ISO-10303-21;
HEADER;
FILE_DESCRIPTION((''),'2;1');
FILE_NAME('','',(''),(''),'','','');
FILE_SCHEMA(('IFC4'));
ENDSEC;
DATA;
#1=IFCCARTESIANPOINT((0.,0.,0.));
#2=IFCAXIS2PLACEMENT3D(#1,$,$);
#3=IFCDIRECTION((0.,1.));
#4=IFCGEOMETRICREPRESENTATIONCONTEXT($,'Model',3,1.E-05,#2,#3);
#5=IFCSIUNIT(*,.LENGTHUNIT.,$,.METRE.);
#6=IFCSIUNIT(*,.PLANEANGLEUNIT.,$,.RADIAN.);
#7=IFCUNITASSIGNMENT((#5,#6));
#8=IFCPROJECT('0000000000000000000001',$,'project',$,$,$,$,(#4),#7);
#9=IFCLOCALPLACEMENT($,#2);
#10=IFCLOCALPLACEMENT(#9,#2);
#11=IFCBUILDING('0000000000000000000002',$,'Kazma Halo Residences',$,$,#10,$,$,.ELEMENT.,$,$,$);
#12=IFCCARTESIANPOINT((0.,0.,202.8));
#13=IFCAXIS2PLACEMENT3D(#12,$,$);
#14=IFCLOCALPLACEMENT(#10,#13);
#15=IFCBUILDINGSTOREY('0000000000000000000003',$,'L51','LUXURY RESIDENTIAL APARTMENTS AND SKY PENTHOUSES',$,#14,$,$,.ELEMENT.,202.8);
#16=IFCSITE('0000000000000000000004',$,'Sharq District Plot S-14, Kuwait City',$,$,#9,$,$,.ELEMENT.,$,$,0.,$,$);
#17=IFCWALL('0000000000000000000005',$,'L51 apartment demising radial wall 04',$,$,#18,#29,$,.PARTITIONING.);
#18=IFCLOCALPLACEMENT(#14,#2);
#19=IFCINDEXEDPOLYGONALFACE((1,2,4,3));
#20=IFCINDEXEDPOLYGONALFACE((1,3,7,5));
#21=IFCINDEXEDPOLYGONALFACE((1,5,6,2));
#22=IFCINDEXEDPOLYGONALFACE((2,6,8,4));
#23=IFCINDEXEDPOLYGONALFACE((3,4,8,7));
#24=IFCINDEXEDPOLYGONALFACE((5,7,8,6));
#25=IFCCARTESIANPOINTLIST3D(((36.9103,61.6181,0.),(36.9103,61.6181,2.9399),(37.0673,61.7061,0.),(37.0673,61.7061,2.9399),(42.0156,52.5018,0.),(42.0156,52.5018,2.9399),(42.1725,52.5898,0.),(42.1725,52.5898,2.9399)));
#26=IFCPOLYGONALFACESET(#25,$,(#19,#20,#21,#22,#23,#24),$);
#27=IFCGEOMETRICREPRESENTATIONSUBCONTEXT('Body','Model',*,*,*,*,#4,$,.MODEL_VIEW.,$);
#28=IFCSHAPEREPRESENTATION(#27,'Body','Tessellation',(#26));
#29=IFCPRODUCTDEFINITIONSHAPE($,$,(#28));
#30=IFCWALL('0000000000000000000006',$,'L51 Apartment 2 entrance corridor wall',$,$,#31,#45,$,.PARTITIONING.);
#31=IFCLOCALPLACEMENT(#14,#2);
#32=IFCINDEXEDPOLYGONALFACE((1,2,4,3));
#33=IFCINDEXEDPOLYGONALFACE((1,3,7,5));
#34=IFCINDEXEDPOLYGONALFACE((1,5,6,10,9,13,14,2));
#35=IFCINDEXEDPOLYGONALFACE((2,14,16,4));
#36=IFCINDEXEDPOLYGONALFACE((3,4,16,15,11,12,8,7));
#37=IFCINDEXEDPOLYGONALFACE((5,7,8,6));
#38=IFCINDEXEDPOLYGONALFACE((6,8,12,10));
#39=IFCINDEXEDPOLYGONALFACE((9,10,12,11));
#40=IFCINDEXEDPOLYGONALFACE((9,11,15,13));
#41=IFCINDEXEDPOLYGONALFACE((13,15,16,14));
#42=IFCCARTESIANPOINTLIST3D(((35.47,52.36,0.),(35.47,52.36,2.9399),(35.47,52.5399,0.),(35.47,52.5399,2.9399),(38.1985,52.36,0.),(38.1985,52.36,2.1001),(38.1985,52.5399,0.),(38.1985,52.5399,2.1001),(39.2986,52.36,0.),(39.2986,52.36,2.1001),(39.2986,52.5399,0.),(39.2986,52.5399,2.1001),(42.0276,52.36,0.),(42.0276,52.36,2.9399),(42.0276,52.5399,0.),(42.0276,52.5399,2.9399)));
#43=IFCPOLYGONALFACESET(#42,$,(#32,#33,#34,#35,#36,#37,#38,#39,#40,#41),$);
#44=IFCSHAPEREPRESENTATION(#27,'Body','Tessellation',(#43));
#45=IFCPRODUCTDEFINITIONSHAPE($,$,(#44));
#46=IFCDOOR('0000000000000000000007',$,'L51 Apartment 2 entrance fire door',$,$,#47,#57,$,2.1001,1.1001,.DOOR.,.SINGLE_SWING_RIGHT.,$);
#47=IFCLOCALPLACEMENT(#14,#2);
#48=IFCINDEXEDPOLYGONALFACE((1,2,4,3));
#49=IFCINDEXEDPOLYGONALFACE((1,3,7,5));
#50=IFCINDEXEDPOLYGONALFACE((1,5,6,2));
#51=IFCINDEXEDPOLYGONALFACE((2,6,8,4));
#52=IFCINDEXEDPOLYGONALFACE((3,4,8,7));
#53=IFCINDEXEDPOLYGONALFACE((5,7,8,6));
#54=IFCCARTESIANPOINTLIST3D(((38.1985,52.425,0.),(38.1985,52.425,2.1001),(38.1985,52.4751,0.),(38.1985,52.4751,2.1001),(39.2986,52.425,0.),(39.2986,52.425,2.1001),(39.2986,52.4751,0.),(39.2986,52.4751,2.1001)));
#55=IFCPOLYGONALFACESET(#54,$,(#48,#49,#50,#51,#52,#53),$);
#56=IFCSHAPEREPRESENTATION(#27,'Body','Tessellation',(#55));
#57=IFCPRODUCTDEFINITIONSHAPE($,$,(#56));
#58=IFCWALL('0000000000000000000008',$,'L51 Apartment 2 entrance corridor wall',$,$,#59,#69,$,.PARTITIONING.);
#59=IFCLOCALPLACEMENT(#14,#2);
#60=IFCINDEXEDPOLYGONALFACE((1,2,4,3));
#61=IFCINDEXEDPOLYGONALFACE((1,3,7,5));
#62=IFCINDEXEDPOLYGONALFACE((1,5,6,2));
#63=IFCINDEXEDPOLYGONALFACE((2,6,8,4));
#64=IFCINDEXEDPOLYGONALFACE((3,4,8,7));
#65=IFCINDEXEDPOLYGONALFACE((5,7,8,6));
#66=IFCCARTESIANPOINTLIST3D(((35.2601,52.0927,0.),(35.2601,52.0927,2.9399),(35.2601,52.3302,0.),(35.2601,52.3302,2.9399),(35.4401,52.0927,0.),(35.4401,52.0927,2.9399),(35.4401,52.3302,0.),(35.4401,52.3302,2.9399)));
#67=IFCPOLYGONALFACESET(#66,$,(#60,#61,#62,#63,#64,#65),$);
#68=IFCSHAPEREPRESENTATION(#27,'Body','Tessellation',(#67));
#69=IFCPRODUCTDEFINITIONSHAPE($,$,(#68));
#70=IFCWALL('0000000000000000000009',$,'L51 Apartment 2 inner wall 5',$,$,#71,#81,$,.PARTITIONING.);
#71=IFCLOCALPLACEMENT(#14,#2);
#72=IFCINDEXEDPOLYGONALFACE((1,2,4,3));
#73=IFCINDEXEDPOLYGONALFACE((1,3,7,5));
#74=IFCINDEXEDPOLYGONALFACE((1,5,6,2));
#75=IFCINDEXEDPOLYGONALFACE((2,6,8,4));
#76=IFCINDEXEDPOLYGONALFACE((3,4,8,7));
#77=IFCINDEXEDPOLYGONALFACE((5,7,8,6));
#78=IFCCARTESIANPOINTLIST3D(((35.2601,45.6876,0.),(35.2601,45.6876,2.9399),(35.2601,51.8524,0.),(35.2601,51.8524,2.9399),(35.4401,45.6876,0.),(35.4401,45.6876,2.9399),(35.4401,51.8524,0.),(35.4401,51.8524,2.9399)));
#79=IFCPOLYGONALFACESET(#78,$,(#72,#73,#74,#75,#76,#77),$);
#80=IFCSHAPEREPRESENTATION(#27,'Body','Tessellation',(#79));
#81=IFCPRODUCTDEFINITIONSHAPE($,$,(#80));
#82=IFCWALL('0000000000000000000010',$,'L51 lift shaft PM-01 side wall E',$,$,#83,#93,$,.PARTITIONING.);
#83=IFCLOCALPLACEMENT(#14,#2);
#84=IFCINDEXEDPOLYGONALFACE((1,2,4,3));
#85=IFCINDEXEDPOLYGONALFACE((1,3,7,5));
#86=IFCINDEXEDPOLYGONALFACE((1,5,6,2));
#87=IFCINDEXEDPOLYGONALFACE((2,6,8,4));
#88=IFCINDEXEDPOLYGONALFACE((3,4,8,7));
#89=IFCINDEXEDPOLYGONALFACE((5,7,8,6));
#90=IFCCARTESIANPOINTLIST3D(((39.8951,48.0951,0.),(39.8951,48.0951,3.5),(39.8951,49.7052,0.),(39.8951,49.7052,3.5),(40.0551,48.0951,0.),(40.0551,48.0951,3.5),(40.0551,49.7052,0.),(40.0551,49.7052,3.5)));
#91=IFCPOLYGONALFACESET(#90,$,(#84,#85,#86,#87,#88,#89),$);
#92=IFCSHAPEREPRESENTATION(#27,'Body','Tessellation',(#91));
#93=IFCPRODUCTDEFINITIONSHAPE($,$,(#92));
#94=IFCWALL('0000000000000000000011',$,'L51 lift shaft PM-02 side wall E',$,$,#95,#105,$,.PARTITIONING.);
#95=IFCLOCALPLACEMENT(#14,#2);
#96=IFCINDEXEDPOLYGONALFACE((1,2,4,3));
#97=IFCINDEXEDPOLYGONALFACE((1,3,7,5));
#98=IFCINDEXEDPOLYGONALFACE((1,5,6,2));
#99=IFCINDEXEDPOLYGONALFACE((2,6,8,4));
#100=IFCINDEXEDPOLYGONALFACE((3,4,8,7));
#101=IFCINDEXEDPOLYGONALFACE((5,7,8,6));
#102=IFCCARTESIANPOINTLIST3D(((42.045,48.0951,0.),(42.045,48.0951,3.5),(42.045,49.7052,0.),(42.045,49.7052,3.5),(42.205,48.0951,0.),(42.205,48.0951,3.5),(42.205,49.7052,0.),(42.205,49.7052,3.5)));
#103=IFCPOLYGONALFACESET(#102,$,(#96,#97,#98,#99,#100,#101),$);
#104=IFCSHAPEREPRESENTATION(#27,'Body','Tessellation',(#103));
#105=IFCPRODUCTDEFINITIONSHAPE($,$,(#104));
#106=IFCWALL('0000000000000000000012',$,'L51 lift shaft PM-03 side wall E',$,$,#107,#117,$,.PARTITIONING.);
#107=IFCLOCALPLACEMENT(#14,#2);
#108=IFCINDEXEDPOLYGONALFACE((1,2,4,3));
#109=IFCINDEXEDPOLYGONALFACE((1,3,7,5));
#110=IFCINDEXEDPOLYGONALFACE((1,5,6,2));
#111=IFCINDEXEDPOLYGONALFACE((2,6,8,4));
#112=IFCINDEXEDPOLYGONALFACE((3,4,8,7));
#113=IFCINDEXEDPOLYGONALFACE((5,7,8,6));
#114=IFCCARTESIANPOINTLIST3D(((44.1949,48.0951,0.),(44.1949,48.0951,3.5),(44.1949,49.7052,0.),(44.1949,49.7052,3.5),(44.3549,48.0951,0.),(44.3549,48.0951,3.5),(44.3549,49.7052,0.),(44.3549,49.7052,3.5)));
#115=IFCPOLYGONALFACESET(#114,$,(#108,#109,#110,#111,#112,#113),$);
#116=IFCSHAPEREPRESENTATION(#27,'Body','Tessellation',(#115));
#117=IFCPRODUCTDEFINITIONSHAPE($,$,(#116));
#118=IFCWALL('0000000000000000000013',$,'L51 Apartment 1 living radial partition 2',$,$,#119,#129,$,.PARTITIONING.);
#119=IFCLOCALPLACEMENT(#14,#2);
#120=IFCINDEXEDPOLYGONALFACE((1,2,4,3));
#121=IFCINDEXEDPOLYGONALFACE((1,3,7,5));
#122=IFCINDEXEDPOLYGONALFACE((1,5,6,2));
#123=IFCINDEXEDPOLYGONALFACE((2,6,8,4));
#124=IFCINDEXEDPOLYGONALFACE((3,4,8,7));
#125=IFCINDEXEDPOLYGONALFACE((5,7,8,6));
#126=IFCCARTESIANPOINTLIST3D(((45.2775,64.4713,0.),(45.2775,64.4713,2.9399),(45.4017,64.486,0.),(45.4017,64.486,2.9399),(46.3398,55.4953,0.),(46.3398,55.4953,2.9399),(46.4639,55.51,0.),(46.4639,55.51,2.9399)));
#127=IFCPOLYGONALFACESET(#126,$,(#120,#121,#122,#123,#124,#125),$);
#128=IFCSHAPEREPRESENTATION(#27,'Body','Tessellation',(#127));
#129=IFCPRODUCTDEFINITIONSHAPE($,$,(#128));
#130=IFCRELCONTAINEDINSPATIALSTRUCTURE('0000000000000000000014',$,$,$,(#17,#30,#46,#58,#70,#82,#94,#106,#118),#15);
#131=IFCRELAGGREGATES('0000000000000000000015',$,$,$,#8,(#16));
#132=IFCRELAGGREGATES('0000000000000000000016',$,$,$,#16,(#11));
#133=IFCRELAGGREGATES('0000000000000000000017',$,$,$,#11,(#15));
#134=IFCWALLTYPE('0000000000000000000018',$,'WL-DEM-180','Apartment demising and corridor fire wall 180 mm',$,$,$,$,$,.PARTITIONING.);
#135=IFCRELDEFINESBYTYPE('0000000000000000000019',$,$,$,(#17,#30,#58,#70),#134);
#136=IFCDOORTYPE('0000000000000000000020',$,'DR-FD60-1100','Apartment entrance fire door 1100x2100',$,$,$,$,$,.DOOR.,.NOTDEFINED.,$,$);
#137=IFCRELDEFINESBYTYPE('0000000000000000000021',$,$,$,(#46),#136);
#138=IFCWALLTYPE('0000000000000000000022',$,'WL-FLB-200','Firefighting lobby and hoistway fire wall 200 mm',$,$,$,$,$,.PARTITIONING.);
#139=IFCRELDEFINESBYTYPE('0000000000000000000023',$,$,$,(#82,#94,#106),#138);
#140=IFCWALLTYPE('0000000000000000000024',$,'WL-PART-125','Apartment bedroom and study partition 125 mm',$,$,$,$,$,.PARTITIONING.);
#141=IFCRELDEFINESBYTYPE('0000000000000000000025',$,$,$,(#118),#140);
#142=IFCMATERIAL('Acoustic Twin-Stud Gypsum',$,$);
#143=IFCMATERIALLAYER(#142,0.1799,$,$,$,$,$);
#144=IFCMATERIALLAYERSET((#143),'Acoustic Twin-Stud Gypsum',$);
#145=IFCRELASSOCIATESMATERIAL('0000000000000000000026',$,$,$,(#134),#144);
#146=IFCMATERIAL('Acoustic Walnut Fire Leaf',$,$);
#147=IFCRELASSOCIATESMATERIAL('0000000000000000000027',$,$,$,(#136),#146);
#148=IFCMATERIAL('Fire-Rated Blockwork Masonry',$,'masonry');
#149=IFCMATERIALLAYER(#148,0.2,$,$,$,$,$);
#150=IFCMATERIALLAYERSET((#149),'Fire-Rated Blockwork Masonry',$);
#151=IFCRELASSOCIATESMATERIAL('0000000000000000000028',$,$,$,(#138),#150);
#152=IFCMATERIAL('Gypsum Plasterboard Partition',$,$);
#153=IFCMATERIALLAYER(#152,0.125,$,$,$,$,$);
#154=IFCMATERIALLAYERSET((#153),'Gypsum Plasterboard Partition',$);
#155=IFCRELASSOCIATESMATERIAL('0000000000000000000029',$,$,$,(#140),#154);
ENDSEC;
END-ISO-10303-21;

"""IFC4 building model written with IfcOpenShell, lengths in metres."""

from ifc_helpers import new_model, si_unit, direction, frame, frame_2d, origin, place, context, subcontext, project, spatial, rectangle, extrude, material, layer, layer_set, type_object, element, fill, save


model = new_model("IFC4")

# Units and contexts
model_context = context("Model", 3, precision=1e-05, world=origin(), true_north=direction((0.0, 1.0)))
body_context = subcontext(model_context, "Body", "Model", "MODEL_VIEW")
ifc_project = project(units=[si_unit("LENGTHUNIT", "METRE"), si_unit("PLANEANGLEUNIT", "RADIAN")], contexts=[model_context])

# Site, building, storey
site_placement = place(None, origin())
site = spatial("IfcSite", under=ifc_project, at=site_placement, Name="Sharq District Plot S-14, Kuwait City", CompositionType="ELEMENT", RefElevation=0.0)
building_placement = place(site_placement, origin())
building = spatial("IfcBuilding", under=site, at=building_placement, Name="Kazma Halo Residences", CompositionType="ELEMENT")
storey_placement = place(building_placement, frame((0.0, 0.0, 202.8)))
storey = spatial("IfcBuildingStorey", under=building, at=storey_placement, Name="L51", Description="LUXURY RESIDENTIAL APARTMENTS AND SKY PENTHOUSES", CompositionType="ELEMENT", Elevation=202.8)

# Wall
ifc_material_1 = material(Name="Acoustic Twin-Stud Gypsum")
ifc_layer_1 = layer(ifc_material_1, 0.1799)
ifc_layer_set_1 = layer_set([ifc_layer_1], Name="Acoustic Twin-Stud Gypsum")
wall_type_1 = type_object("IfcWallType", Name="WL-DEM-180", Description="Apartment demising and corridor fire wall 180 mm", PredefinedType="PARTITIONING", material=ifc_layer_set_1)
wall_1_placement = place(storey_placement, frame((42.094, 52.5459, 0.0), z_axis=(0.0, 0.0, 1.0), x_axis=(-0.488614, 0.8725, 0.0)))
element("IfcWall", 1, at=wall_1_placement, inside=storey, type_object=wall_type_1, Name="L51 apartment demising radial wall 04", PredefinedType="PARTITIONING", context=body_context, shape_type="SweptSolid", body=[
    extrude(rectangle(XDim=10.4485, YDim=0.1799, at=frame_2d((5.2241, 0.0))), origin(), (0.0, 0.0, 1.0), 2.9399),
])

# Wall, opening, door
wall_2_placement = place(storey_placement, frame((42.0276, 52.45, 0.0), z_axis=(0.0, 0.0, 1.0), x_axis=(-1.0, 0.0, 0.0)))
wall_2 = element("IfcWall", 2, at=wall_2_placement, inside=storey, type_object=wall_type_1, Name="L51 Apartment 2 entrance corridor wall", PredefinedType="PARTITIONING", context=body_context, shape_type="SweptSolid", body=[
    extrude(rectangle(XDim=6.5576, YDim=0.1799, at=frame_2d((3.2788, 0.0))), origin(), (0.0, 0.0, 1.0), 2.9399),
])
opening_1_placement = place(wall_2_placement, frame((2.729, 0.0, 0.0)))
opening_1 = element("IfcOpeningElement", 3, at=opening_1_placement, cuts=wall_2, PredefinedType="OPENING", context=body_context, shape_type="SweptSolid", body=[
    extrude(rectangle(XDim=1.1001, YDim=2.1001, at=frame_2d((0.55, 1.05))), frame((0.0, 0.0999, 0.0), z_axis=(0.0, -1.0, 0.0), x_axis=(1.0, 0.0, 0.0)), (0.0, 0.0, 1.0), 0.2),
])
ifc_material_2 = material(Name="Acoustic Walnut Fire Leaf")
door_type_1 = type_object("IfcDoorType", Name="DR-FD60-1100", Description="Apartment entrance fire door 1100x2100", OperationType="NOTDEFINED", PredefinedType="DOOR", material=ifc_material_2)
door_1_placement = place(opening_1_placement, origin())
door_1 = element("IfcDoor", 4, at=door_1_placement, inside=storey, type_object=door_type_1, Name="L51 Apartment 2 entrance fire door", OperationType="SINGLE_SWING_RIGHT", OverallHeight=2.1001, OverallWidth=1.1001, PredefinedType="DOOR", context=body_context, shape_type="SweptSolid", body=[
    extrude(rectangle(XDim=1.1001, YDim=2.1001, at=frame_2d((0.55, 1.05))), frame((0.0, 0.0249, 0.0), z_axis=(0.0, -1.0, 0.0), x_axis=(1.0, 0.0, 0.0)), (0.0, 0.0, 1.0), 0.05),
])
fill(opening_1, door_1)

# Walls
wall_3_placement = place(storey_placement, frame((35.3501, 52.3301, 0.0), z_axis=(0.0, 0.0, 1.0), x_axis=(0.0, -1.0, 0.0)))
element("IfcWall", 5, at=wall_3_placement, inside=storey, type_object=wall_type_1, Name="L51 Apartment 2 entrance corridor wall", PredefinedType="PARTITIONING", context=body_context, shape_type="SweptSolid", body=[
    extrude(rectangle(XDim=0.2375, YDim=0.1799, at=frame_2d((0.1187, 0.0))), origin(), (0.0, 0.0, 1.0), 2.9399),
])
wall_4_placement = place(storey_placement, frame((35.3501, 51.8525, 0.0), z_axis=(0.0, 0.0, 1.0), x_axis=(0.0, -1.0, 0.0)))
element("IfcWall", 6, at=wall_4_placement, inside=storey, type_object=wall_type_1, Name="L51 Apartment 2 inner wall 5", PredefinedType="PARTITIONING", context=body_context, shape_type="SweptSolid", body=[
    extrude(rectangle(XDim=6.1648, YDim=0.1799, at=frame_2d((3.0825, 0.0))), origin(), (0.0, 0.0, 1.0), 2.9399),
])

# Walls
ifc_material_3 = material(Name="Fire-Rated Blockwork Masonry", Category="masonry")
ifc_layer_2 = layer(ifc_material_3, 0.2)
ifc_layer_set_2 = layer_set([ifc_layer_2], Name="Fire-Rated Blockwork Masonry")
wall_type_2 = type_object("IfcWallType", Name="WL-FLB-200", Description="Firefighting lobby and hoistway fire wall 200 mm", PredefinedType="PARTITIONING", material=ifc_layer_set_2)
for number, where, z_axis, x_axis, name in (
    (7, (39.9751, 48.095, 0.0), (0.0, 0.0, 1.0), (0.0, 1.0, 0.0), "L51 lift shaft PM-01 side wall E"),
    (8, (42.125, 48.095, 0.0), (0.0, 0.0, 1.0), (0.0, 1.0, 0.0), "L51 lift shaft PM-02 side wall E"),
    (9, (44.2749, 48.095, 0.0), (0.0, 0.0, 1.0), (0.0, 1.0, 0.0), "L51 lift shaft PM-03 side wall E"),
):
    element("IfcWall", number, at=place(storey_placement, frame(where, z_axis=z_axis, x_axis=x_axis)), inside=storey, type_object=wall_type_2, Name=name, PredefinedType="PARTITIONING", context=body_context, shape_type="SweptSolid", body=[
        extrude(rectangle(XDim=1.6101, YDim=0.1599, at=frame_2d((0.8052, 0.0))), origin(), (0.0, 0.0, 1.0), 3.5),
    ])
ifc_material_4 = material(Name="Gypsum Plasterboard Partition")
ifc_layer_3 = layer(ifc_material_4, 0.125)
ifc_layer_set_3 = layer_set([ifc_layer_3], Name="Gypsum Plasterboard Partition")
wall_type_3 = type_object("IfcWallType", Name="WL-PART-125", Description="Apartment bedroom and study partition 125 mm", PredefinedType="PARTITIONING", material=ifc_layer_set_3)
wall_5_placement = place(storey_placement, frame((46.4019, 55.5027, 0.0), z_axis=(0.0, 0.0, 1.0), x_axis=(-0.117526, 0.99307, 0.0)))
element("IfcWall", 10, at=wall_5_placement, inside=storey, type_object=wall_type_3, Name="L51 Apartment 1 living radial partition 2", PredefinedType="PARTITIONING", context=body_context, shape_type="SweptSolid", body=[
    extrude(rectangle(XDim=9.0386, YDim=0.125, at=frame_2d((4.5193, 0.0))), origin(), (0.0, 0.0, 1.0), 2.9399),
])

save(model, "model.ifc")
